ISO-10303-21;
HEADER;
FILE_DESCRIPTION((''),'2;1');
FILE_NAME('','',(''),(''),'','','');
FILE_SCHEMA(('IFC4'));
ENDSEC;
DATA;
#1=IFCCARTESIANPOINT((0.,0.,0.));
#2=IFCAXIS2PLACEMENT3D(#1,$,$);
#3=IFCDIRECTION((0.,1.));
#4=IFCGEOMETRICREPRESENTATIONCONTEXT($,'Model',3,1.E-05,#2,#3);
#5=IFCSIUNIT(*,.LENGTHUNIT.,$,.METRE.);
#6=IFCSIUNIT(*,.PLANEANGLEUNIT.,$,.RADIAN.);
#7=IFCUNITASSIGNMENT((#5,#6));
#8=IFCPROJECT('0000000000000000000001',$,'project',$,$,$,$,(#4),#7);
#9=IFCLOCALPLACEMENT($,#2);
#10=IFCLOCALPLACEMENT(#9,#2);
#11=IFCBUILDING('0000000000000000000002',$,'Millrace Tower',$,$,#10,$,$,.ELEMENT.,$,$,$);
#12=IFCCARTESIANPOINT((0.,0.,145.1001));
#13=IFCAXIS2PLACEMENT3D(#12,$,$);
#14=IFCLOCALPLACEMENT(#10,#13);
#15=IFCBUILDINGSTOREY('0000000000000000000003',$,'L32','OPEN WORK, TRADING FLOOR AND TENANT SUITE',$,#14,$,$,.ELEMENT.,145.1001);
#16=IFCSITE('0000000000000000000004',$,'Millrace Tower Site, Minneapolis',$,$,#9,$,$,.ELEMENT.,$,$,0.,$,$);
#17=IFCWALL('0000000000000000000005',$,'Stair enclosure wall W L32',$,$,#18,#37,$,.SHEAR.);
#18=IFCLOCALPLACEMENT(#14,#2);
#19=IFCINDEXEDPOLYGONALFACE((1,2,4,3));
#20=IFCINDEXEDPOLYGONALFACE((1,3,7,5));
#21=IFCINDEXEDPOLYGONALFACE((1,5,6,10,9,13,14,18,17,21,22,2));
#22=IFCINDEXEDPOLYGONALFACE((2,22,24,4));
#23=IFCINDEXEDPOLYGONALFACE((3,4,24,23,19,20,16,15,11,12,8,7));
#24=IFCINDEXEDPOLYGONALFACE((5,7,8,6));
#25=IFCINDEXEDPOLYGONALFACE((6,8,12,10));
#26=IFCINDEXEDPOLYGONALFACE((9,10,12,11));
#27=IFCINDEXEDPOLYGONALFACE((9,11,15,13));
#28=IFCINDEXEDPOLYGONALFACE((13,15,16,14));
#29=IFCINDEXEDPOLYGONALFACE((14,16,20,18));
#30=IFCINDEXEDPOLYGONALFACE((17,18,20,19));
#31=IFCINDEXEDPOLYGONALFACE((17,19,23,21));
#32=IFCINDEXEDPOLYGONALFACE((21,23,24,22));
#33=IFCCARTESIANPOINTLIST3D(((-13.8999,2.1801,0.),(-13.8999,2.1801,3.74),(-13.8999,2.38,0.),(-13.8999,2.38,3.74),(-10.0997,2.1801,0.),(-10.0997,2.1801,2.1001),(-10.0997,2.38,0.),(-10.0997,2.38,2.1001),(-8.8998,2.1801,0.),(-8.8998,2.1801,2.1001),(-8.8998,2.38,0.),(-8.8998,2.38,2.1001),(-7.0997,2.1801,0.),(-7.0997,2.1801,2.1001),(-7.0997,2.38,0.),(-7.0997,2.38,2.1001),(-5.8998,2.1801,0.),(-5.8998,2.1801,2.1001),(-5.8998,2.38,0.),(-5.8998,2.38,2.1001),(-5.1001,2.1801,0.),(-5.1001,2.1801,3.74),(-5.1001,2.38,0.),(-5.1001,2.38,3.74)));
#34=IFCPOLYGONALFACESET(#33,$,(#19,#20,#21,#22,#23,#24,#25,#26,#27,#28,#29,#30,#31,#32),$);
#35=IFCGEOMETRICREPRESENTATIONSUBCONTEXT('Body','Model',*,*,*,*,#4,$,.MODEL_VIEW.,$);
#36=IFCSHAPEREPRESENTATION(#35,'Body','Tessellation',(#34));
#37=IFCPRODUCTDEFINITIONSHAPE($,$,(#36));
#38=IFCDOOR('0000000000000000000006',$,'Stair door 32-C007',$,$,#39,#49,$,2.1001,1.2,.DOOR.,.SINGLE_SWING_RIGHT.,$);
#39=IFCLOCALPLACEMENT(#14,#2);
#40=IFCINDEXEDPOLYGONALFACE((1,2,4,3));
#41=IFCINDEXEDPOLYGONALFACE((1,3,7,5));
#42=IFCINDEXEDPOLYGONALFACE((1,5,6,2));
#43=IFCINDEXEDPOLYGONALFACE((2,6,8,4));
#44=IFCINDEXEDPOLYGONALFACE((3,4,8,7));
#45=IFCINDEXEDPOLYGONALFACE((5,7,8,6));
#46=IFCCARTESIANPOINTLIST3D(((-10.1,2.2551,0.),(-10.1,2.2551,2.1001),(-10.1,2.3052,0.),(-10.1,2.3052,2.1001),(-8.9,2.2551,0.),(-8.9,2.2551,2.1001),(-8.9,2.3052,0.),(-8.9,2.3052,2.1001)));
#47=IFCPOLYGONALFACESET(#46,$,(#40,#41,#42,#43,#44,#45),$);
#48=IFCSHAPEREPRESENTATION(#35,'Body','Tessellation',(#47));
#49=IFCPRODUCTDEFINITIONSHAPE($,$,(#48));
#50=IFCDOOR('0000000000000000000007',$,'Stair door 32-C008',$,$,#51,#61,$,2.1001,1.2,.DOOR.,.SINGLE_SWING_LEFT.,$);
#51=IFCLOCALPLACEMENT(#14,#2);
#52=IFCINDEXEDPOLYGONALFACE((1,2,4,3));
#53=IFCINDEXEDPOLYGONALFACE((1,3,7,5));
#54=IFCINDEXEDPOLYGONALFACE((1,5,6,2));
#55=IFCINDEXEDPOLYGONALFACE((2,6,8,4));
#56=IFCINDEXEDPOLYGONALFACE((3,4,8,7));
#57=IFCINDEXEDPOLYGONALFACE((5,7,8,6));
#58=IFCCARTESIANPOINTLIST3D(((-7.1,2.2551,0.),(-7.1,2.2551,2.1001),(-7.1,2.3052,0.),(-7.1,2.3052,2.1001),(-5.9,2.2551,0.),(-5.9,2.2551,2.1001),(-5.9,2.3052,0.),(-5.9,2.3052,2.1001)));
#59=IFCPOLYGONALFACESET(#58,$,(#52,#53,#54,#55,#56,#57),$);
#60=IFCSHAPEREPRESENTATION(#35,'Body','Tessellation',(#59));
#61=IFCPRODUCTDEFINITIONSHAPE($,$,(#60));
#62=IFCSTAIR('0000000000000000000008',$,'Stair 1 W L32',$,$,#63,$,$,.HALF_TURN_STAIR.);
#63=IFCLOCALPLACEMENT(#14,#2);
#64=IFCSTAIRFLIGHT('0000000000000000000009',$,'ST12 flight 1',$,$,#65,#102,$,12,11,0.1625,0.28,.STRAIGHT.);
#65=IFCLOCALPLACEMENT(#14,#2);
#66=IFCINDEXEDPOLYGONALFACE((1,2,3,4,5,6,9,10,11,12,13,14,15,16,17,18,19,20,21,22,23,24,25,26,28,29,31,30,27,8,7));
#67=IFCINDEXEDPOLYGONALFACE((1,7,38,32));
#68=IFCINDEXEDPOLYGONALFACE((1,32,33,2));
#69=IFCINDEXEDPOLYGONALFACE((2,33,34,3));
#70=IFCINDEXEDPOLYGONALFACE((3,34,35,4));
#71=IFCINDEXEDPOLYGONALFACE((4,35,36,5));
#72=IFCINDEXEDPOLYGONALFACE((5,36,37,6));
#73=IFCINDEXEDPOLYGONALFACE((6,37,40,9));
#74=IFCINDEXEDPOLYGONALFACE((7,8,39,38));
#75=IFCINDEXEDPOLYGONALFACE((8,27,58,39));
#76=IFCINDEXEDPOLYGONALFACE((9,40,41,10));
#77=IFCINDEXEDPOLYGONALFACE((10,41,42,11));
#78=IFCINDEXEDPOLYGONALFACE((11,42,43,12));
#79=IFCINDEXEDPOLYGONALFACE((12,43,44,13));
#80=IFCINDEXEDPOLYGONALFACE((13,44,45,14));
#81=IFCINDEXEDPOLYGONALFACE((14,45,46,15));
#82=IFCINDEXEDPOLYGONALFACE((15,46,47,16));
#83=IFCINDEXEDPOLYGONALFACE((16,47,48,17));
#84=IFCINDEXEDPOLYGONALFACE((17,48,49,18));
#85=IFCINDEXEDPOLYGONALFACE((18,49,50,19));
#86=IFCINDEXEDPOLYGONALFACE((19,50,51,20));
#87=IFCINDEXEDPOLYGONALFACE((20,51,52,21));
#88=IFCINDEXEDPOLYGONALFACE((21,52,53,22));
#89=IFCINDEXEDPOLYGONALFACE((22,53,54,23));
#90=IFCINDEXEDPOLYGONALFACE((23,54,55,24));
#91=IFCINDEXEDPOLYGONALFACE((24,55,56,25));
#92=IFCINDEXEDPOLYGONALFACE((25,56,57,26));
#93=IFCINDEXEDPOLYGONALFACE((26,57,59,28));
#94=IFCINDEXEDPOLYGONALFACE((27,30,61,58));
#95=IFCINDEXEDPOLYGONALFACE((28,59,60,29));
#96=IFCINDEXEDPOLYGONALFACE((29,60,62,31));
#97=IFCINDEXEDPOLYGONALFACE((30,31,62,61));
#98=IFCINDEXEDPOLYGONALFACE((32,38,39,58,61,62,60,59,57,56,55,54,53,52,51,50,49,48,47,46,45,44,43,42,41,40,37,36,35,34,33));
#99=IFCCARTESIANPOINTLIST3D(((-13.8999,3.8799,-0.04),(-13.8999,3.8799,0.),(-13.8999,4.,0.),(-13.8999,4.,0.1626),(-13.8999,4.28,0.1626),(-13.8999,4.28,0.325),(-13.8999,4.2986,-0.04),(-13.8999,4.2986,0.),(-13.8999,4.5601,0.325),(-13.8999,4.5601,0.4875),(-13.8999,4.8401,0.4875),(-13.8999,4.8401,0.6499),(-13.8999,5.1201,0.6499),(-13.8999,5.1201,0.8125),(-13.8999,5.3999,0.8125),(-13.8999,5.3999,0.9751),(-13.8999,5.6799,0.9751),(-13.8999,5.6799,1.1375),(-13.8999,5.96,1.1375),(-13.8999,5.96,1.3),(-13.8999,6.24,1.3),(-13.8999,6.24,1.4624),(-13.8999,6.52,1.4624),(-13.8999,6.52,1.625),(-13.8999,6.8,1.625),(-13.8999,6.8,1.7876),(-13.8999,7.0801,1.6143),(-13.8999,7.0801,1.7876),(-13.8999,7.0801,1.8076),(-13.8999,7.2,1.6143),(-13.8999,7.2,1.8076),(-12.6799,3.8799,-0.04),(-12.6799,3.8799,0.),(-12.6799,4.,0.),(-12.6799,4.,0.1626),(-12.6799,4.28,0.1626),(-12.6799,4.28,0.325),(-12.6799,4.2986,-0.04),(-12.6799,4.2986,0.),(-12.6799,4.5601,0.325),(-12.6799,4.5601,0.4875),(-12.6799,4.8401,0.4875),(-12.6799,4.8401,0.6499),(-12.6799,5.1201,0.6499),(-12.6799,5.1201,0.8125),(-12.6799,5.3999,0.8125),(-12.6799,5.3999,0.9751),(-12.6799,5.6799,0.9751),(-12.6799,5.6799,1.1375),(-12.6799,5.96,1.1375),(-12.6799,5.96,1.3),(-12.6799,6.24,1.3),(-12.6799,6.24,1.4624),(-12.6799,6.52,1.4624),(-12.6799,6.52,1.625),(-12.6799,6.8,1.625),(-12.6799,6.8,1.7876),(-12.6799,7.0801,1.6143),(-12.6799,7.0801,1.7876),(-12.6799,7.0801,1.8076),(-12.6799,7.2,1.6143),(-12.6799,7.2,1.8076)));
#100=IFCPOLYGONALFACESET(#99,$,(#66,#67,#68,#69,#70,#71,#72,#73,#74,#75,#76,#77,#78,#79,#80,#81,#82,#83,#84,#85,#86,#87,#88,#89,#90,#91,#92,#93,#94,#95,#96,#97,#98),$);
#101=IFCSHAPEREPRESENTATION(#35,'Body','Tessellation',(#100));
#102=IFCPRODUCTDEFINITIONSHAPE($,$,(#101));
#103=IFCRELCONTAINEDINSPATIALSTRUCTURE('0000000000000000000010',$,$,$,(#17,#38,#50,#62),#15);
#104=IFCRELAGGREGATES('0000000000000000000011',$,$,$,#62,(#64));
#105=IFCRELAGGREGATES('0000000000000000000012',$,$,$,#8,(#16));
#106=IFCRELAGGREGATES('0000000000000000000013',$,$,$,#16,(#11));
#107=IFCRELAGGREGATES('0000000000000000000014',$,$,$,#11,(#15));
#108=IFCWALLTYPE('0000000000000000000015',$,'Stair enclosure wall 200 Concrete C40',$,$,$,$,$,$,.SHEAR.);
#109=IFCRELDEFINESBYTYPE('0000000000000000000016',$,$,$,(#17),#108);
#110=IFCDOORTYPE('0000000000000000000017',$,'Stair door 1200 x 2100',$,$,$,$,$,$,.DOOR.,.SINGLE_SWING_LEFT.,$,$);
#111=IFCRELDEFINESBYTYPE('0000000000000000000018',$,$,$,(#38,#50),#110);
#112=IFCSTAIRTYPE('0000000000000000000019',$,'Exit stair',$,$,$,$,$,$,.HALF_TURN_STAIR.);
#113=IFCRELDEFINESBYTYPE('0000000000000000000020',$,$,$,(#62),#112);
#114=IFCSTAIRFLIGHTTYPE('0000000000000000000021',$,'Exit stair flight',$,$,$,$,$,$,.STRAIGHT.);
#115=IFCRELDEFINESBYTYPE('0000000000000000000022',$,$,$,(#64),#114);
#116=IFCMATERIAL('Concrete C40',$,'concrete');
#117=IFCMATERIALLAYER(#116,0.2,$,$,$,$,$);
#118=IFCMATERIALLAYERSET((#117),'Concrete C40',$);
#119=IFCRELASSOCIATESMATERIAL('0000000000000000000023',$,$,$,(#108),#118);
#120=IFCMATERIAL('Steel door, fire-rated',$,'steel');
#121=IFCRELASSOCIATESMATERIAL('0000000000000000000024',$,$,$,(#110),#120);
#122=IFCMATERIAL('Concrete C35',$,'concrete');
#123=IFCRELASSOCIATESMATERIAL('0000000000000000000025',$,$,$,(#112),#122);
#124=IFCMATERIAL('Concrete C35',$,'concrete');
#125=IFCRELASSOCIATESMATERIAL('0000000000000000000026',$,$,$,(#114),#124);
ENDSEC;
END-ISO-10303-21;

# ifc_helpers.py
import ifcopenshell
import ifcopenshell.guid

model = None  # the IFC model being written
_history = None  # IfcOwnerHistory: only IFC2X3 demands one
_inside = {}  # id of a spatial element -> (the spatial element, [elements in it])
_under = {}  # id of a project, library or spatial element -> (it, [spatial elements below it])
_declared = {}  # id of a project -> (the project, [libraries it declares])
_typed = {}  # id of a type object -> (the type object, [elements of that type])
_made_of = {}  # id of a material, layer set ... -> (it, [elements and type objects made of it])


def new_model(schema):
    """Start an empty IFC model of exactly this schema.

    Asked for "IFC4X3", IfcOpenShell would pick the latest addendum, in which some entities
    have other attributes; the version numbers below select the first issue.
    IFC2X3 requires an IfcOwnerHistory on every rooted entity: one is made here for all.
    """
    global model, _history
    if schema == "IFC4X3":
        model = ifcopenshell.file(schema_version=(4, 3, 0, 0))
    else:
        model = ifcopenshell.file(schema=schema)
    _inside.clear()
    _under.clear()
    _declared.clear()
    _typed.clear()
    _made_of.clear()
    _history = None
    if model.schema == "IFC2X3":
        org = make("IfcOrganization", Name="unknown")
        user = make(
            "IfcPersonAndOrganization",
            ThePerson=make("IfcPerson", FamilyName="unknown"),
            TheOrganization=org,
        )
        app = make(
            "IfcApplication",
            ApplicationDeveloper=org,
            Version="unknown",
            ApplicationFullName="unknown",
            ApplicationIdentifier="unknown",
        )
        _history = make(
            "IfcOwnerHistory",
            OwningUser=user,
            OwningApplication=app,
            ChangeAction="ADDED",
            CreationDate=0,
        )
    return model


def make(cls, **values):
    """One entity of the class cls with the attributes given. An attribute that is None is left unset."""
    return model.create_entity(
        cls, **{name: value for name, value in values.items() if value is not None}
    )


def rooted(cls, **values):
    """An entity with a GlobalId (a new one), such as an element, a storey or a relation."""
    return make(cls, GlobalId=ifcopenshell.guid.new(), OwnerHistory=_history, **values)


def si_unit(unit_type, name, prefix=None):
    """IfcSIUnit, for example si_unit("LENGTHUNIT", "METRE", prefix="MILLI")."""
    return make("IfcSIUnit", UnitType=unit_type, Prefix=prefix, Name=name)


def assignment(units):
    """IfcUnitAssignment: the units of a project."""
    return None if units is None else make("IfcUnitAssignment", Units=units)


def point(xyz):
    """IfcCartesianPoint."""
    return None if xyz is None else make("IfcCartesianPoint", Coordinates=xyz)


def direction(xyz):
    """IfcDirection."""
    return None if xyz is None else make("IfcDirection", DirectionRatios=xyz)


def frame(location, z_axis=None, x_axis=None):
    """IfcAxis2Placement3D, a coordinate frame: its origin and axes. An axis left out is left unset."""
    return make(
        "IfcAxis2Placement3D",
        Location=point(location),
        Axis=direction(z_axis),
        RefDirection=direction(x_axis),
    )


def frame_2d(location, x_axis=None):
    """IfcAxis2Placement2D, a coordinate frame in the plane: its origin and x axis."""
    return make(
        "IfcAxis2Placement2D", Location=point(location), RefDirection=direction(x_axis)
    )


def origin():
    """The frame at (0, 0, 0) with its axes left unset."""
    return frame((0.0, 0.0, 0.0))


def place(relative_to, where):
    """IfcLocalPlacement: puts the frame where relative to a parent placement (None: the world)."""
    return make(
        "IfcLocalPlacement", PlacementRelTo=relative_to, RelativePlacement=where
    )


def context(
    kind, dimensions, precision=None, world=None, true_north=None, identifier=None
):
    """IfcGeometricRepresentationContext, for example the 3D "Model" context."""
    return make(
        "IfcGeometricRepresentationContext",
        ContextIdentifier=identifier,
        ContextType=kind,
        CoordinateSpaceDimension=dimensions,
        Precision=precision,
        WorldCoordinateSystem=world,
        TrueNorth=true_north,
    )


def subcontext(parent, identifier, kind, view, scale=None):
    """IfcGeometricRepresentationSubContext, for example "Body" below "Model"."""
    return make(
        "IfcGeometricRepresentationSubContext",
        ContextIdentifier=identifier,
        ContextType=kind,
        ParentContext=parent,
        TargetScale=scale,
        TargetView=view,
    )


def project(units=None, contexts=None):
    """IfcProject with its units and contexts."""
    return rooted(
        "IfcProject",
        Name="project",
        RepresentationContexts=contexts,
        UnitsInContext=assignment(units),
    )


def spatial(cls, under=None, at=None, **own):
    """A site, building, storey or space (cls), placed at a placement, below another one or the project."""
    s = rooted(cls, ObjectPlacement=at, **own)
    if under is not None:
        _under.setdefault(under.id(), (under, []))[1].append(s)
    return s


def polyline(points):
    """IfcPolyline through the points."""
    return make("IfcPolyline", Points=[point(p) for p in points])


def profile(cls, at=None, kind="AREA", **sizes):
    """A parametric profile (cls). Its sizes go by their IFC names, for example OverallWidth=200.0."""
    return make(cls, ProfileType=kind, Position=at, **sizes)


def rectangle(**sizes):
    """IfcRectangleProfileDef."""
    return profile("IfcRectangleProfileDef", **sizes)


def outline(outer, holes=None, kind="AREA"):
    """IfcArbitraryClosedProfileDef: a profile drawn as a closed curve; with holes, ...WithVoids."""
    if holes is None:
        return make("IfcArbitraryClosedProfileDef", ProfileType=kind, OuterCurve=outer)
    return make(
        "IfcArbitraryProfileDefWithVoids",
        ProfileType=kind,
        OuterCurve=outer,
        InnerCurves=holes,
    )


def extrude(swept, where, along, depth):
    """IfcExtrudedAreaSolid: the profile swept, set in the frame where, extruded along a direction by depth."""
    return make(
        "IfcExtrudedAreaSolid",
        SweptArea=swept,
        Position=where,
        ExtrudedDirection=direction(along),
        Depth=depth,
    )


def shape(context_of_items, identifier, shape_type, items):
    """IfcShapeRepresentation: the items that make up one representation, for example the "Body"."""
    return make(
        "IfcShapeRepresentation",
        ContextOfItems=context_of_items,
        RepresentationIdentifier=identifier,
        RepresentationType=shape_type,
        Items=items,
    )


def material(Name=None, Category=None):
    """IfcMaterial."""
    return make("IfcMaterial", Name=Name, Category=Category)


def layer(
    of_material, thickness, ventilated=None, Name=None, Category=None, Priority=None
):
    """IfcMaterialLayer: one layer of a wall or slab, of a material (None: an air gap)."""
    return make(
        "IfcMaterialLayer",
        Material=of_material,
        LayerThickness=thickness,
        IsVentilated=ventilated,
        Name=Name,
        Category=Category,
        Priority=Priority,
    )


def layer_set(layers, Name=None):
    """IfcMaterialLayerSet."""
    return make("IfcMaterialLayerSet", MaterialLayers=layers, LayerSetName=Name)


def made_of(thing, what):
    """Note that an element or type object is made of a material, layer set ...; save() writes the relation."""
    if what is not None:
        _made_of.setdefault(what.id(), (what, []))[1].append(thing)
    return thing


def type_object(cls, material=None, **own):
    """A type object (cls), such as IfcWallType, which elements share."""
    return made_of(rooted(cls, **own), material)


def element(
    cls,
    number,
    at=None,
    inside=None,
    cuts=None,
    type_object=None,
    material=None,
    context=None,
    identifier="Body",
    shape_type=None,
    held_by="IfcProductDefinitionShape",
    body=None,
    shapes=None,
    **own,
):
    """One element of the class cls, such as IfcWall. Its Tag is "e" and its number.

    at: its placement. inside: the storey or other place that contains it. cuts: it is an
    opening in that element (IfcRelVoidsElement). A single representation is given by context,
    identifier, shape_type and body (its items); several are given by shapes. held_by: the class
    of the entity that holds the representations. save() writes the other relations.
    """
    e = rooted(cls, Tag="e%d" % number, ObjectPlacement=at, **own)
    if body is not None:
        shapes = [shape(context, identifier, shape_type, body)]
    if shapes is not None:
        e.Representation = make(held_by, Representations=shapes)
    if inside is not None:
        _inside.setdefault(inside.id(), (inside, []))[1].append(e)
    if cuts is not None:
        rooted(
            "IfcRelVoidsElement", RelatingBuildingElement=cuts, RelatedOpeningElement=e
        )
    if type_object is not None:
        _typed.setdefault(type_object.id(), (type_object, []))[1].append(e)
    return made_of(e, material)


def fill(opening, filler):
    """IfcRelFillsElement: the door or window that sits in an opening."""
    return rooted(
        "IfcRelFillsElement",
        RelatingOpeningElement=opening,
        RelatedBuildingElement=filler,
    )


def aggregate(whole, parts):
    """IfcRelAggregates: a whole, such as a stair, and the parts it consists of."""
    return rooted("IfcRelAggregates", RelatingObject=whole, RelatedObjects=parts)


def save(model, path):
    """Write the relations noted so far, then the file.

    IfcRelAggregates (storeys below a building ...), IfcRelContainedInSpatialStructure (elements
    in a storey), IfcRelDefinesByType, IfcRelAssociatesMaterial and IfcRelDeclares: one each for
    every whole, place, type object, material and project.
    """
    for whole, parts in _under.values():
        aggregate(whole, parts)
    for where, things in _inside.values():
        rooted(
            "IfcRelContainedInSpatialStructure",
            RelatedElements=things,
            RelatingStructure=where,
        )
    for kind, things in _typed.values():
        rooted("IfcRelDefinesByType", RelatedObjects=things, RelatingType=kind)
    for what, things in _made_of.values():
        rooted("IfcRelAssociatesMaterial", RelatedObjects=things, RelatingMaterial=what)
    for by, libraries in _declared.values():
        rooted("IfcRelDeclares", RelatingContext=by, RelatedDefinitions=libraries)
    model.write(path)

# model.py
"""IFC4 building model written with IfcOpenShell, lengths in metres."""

from ifc_helpers import new_model, si_unit, direction, frame, frame_2d, origin, place, context, subcontext, project, spatial, polyline, rectangle, outline, extrude, material, layer, layer_set, type_object, element, fill, aggregate, save


model = new_model("IFC4")

# Units and contexts
model_context = context("Model", 3, precision=1e-05, world=origin(), true_north=direction((0.0, 1.0)))
body_context = subcontext(model_context, "Body", "Model", "MODEL_VIEW")
ifc_project = project(units=[si_unit("LENGTHUNIT", "METRE"), si_unit("PLANEANGLEUNIT", "RADIAN")], contexts=[model_context])

# Site, building, storey
site_placement = place(None, origin())
site = spatial("IfcSite", under=ifc_project, at=site_placement, Name="Millrace Tower Site, Minneapolis", CompositionType="ELEMENT", RefElevation=0.0)
building_placement = place(site_placement, origin())
building = spatial("IfcBuilding", under=site, at=building_placement, Name="Millrace Tower", CompositionType="ELEMENT")
storey_placement = place(building_placement, frame((0.0, 0.0, 145.1001)))
storey = spatial("IfcBuildingStorey", under=building, at=storey_placement, Name="L32", Description="OPEN WORK, TRADING FLOOR AND TENANT SUITE", CompositionType="ELEMENT", Elevation=145.1001)

# Shared definitions
placement = place(storey_placement, origin())

# Shared definitions
ifc_material_1 = material(Name="Concrete C40", Category="concrete")
ifc_layer_1 = layer(ifc_material_1, 0.2)
ifc_layer_set_1 = layer_set([ifc_layer_1], Name="Concrete C40")
wall_type_1 = type_object("IfcWallType", Name="Stair enclosure wall 200 Concrete C40", PredefinedType="SHEAR", material=ifc_layer_set_1)

# Wall, openings, doors
wall_1_placement = place(storey_placement, frame((-13.8999, 2.28, 0.0), z_axis=(0.0, 0.0, 1.0), x_axis=(1.0, 0.0, 0.0)))
wall_1 = element("IfcWall", 1, at=wall_1_placement, inside=storey, type_object=wall_type_1, Name="Stair enclosure wall W L32", PredefinedType="SHEAR", context=body_context, shape_type="SweptSolid", body=[
    extrude(rectangle(XDim=8.7998, YDim=0.2, at=frame_2d((4.3999, 0.0))), origin(), (0.0, 0.0, 1.0), 3.74),
])
opening_1_placement = place(wall_1_placement, frame((3.8, 0.0, 0.0)))
opening_1 = element("IfcOpeningElement", 2, at=opening_1_placement, cuts=wall_1, PredefinedType="OPENING", context=body_context, shape_type="SweptSolid", body=[
    extrude(rectangle(XDim=1.2, YDim=2.1001, at=frame_2d((0.6001, 1.05))), frame((0.0, 0.1099, 0.0), z_axis=(0.0, -1.0, 0.0), x_axis=(1.0, 0.0, 0.0)), (0.0, 0.0, 1.0), 0.22),
])
opening_2_placement = place(wall_1_placement, frame((6.8, 0.0, 0.0)))
opening_2 = element("IfcOpeningElement", 3, at=opening_2_placement, cuts=wall_1, PredefinedType="OPENING", context=body_context, shape_type="SweptSolid", body=[
    extrude(rectangle(XDim=1.2, YDim=2.1001, at=frame_2d((0.6001, 1.05))), frame((0.0, 0.1099, 0.0), z_axis=(0.0, -1.0, 0.0), x_axis=(1.0, 0.0, 0.0)), (0.0, 0.0, 1.0), 0.22),
])
ifc_material_2 = material(Name="Steel door, fire-rated", Category="steel")
door_type_1 = type_object("IfcDoorType", Name="Stair door 1200 x 2100", OperationType="SINGLE_SWING_LEFT", PredefinedType="DOOR", material=ifc_material_2)
door_1_placement = place(opening_1_placement, frame((1.2, 0.0, 0.0), z_axis=(0.0, 0.0, 1.0), x_axis=(-1.0, 0.0, 0.0)))
door_1 = element("IfcDoor", 4, at=door_1_placement, inside=storey, type_object=door_type_1, Name="Stair door 32-C007", OperationType="SINGLE_SWING_RIGHT", OverallHeight=2.1001, OverallWidth=1.2, PredefinedType="DOOR", context=body_context, shape_type="SweptSolid", body=[
    extrude(rectangle(XDim=1.2, YDim=2.1001, at=frame_2d((0.6001, 1.05))), frame((0.0, 0.0249, 0.0), z_axis=(0.0, -1.0, 0.0), x_axis=(1.0, 0.0, 0.0)), (0.0, 0.0, 1.0), 0.05),
])
fill(opening_1, door_1)
door_2_placement = place(opening_2_placement, frame((1.2, 0.0, 0.0), z_axis=(0.0, 0.0, 1.0), x_axis=(-1.0, 0.0, 0.0)))
door_2 = element("IfcDoor", 5, at=door_2_placement, inside=storey, type_object=door_type_1, Name="Stair door 32-C008", OperationType="SINGLE_SWING_LEFT", OverallHeight=2.1001, OverallWidth=1.2, PredefinedType="DOOR", context=body_context, shape_type="SweptSolid", body=[
    extrude(rectangle(XDim=1.2, YDim=2.1001, at=frame_2d((0.6001, 1.05))), frame((0.0, 0.0249, 0.0), z_axis=(0.0, -1.0, 0.0), x_axis=(1.0, 0.0, 0.0)), (0.0, 0.0, 1.0), 0.05),
])
fill(opening_2, door_2)

# Stair, stair flight
ifc_material_3 = material(Name="Concrete C35", Category="concrete")
stair_type = type_object("IfcStairType", Name="Exit stair", PredefinedType="HALF_TURN_STAIR", material=ifc_material_3)
stair = element("IfcStair", 6, at=placement, inside=storey, type_object=stair_type, Name="Stair 1 W L32", PredefinedType="HALF_TURN_STAIR")
ifc_material_4 = material(Name="Concrete C35", Category="concrete")
stair_flight_type = type_object("IfcStairFlightType", Name="Exit stair flight", PredefinedType="STRAIGHT", material=ifc_material_4)
stair_flight_placement = place(storey_placement, frame((-13.29, 4.0, 0.0), z_axis=(0.0, 0.0, 1.0), x_axis=(0.0, 1.0, 0.0)))
stair_flight = element("IfcStairFlight", 7, at=stair_flight_placement, type_object=stair_flight_type, Name="ST12 flight 1", NumberOfRisers=12, NumberOfTreads=11, PredefinedType="STRAIGHT", RiserHeight=0.1625, TreadLength=0.28, context=body_context, shape_type="SweptSolid", body=[
    extrude(outline(polyline([(-0.1201, -0.04), (-0.1201, 0.0), (0.0, 0.0), (0.0, 0.1626), (0.28, 0.1626), (0.28, 0.325), (0.5601, 0.325), (0.5601, 0.4875), (0.8401, 0.4875), (0.8401, 0.6499), (1.1201, 0.6499), (1.1201, 0.8125), (1.3999, 0.8125), (1.3999, 0.9751), (1.6799, 0.9751), (1.6799, 1.1375), (1.96, 1.1375), (1.96, 1.3), (2.24, 1.3), (2.24, 1.4624), (2.52, 1.4624), (2.52, 1.625), (2.8, 1.625), (2.8, 1.7876), (3.0801, 1.7876), (3.0801, 1.8076), (3.2, 1.8076), (3.2, 1.6143), (3.0801, 1.6143), (0.2986, 0.0), (0.2986, -0.04), (-0.1201, -0.04)])), frame((0.0, 0.6099, 0.0), z_axis=(0.0, -1.0, 0.0), x_axis=(1.0, 0.0, 0.0)), (0.0, 0.0, 1.0), 1.22),
])
aggregate(stair, [stair_flight])

save(model, "model.ifc")
